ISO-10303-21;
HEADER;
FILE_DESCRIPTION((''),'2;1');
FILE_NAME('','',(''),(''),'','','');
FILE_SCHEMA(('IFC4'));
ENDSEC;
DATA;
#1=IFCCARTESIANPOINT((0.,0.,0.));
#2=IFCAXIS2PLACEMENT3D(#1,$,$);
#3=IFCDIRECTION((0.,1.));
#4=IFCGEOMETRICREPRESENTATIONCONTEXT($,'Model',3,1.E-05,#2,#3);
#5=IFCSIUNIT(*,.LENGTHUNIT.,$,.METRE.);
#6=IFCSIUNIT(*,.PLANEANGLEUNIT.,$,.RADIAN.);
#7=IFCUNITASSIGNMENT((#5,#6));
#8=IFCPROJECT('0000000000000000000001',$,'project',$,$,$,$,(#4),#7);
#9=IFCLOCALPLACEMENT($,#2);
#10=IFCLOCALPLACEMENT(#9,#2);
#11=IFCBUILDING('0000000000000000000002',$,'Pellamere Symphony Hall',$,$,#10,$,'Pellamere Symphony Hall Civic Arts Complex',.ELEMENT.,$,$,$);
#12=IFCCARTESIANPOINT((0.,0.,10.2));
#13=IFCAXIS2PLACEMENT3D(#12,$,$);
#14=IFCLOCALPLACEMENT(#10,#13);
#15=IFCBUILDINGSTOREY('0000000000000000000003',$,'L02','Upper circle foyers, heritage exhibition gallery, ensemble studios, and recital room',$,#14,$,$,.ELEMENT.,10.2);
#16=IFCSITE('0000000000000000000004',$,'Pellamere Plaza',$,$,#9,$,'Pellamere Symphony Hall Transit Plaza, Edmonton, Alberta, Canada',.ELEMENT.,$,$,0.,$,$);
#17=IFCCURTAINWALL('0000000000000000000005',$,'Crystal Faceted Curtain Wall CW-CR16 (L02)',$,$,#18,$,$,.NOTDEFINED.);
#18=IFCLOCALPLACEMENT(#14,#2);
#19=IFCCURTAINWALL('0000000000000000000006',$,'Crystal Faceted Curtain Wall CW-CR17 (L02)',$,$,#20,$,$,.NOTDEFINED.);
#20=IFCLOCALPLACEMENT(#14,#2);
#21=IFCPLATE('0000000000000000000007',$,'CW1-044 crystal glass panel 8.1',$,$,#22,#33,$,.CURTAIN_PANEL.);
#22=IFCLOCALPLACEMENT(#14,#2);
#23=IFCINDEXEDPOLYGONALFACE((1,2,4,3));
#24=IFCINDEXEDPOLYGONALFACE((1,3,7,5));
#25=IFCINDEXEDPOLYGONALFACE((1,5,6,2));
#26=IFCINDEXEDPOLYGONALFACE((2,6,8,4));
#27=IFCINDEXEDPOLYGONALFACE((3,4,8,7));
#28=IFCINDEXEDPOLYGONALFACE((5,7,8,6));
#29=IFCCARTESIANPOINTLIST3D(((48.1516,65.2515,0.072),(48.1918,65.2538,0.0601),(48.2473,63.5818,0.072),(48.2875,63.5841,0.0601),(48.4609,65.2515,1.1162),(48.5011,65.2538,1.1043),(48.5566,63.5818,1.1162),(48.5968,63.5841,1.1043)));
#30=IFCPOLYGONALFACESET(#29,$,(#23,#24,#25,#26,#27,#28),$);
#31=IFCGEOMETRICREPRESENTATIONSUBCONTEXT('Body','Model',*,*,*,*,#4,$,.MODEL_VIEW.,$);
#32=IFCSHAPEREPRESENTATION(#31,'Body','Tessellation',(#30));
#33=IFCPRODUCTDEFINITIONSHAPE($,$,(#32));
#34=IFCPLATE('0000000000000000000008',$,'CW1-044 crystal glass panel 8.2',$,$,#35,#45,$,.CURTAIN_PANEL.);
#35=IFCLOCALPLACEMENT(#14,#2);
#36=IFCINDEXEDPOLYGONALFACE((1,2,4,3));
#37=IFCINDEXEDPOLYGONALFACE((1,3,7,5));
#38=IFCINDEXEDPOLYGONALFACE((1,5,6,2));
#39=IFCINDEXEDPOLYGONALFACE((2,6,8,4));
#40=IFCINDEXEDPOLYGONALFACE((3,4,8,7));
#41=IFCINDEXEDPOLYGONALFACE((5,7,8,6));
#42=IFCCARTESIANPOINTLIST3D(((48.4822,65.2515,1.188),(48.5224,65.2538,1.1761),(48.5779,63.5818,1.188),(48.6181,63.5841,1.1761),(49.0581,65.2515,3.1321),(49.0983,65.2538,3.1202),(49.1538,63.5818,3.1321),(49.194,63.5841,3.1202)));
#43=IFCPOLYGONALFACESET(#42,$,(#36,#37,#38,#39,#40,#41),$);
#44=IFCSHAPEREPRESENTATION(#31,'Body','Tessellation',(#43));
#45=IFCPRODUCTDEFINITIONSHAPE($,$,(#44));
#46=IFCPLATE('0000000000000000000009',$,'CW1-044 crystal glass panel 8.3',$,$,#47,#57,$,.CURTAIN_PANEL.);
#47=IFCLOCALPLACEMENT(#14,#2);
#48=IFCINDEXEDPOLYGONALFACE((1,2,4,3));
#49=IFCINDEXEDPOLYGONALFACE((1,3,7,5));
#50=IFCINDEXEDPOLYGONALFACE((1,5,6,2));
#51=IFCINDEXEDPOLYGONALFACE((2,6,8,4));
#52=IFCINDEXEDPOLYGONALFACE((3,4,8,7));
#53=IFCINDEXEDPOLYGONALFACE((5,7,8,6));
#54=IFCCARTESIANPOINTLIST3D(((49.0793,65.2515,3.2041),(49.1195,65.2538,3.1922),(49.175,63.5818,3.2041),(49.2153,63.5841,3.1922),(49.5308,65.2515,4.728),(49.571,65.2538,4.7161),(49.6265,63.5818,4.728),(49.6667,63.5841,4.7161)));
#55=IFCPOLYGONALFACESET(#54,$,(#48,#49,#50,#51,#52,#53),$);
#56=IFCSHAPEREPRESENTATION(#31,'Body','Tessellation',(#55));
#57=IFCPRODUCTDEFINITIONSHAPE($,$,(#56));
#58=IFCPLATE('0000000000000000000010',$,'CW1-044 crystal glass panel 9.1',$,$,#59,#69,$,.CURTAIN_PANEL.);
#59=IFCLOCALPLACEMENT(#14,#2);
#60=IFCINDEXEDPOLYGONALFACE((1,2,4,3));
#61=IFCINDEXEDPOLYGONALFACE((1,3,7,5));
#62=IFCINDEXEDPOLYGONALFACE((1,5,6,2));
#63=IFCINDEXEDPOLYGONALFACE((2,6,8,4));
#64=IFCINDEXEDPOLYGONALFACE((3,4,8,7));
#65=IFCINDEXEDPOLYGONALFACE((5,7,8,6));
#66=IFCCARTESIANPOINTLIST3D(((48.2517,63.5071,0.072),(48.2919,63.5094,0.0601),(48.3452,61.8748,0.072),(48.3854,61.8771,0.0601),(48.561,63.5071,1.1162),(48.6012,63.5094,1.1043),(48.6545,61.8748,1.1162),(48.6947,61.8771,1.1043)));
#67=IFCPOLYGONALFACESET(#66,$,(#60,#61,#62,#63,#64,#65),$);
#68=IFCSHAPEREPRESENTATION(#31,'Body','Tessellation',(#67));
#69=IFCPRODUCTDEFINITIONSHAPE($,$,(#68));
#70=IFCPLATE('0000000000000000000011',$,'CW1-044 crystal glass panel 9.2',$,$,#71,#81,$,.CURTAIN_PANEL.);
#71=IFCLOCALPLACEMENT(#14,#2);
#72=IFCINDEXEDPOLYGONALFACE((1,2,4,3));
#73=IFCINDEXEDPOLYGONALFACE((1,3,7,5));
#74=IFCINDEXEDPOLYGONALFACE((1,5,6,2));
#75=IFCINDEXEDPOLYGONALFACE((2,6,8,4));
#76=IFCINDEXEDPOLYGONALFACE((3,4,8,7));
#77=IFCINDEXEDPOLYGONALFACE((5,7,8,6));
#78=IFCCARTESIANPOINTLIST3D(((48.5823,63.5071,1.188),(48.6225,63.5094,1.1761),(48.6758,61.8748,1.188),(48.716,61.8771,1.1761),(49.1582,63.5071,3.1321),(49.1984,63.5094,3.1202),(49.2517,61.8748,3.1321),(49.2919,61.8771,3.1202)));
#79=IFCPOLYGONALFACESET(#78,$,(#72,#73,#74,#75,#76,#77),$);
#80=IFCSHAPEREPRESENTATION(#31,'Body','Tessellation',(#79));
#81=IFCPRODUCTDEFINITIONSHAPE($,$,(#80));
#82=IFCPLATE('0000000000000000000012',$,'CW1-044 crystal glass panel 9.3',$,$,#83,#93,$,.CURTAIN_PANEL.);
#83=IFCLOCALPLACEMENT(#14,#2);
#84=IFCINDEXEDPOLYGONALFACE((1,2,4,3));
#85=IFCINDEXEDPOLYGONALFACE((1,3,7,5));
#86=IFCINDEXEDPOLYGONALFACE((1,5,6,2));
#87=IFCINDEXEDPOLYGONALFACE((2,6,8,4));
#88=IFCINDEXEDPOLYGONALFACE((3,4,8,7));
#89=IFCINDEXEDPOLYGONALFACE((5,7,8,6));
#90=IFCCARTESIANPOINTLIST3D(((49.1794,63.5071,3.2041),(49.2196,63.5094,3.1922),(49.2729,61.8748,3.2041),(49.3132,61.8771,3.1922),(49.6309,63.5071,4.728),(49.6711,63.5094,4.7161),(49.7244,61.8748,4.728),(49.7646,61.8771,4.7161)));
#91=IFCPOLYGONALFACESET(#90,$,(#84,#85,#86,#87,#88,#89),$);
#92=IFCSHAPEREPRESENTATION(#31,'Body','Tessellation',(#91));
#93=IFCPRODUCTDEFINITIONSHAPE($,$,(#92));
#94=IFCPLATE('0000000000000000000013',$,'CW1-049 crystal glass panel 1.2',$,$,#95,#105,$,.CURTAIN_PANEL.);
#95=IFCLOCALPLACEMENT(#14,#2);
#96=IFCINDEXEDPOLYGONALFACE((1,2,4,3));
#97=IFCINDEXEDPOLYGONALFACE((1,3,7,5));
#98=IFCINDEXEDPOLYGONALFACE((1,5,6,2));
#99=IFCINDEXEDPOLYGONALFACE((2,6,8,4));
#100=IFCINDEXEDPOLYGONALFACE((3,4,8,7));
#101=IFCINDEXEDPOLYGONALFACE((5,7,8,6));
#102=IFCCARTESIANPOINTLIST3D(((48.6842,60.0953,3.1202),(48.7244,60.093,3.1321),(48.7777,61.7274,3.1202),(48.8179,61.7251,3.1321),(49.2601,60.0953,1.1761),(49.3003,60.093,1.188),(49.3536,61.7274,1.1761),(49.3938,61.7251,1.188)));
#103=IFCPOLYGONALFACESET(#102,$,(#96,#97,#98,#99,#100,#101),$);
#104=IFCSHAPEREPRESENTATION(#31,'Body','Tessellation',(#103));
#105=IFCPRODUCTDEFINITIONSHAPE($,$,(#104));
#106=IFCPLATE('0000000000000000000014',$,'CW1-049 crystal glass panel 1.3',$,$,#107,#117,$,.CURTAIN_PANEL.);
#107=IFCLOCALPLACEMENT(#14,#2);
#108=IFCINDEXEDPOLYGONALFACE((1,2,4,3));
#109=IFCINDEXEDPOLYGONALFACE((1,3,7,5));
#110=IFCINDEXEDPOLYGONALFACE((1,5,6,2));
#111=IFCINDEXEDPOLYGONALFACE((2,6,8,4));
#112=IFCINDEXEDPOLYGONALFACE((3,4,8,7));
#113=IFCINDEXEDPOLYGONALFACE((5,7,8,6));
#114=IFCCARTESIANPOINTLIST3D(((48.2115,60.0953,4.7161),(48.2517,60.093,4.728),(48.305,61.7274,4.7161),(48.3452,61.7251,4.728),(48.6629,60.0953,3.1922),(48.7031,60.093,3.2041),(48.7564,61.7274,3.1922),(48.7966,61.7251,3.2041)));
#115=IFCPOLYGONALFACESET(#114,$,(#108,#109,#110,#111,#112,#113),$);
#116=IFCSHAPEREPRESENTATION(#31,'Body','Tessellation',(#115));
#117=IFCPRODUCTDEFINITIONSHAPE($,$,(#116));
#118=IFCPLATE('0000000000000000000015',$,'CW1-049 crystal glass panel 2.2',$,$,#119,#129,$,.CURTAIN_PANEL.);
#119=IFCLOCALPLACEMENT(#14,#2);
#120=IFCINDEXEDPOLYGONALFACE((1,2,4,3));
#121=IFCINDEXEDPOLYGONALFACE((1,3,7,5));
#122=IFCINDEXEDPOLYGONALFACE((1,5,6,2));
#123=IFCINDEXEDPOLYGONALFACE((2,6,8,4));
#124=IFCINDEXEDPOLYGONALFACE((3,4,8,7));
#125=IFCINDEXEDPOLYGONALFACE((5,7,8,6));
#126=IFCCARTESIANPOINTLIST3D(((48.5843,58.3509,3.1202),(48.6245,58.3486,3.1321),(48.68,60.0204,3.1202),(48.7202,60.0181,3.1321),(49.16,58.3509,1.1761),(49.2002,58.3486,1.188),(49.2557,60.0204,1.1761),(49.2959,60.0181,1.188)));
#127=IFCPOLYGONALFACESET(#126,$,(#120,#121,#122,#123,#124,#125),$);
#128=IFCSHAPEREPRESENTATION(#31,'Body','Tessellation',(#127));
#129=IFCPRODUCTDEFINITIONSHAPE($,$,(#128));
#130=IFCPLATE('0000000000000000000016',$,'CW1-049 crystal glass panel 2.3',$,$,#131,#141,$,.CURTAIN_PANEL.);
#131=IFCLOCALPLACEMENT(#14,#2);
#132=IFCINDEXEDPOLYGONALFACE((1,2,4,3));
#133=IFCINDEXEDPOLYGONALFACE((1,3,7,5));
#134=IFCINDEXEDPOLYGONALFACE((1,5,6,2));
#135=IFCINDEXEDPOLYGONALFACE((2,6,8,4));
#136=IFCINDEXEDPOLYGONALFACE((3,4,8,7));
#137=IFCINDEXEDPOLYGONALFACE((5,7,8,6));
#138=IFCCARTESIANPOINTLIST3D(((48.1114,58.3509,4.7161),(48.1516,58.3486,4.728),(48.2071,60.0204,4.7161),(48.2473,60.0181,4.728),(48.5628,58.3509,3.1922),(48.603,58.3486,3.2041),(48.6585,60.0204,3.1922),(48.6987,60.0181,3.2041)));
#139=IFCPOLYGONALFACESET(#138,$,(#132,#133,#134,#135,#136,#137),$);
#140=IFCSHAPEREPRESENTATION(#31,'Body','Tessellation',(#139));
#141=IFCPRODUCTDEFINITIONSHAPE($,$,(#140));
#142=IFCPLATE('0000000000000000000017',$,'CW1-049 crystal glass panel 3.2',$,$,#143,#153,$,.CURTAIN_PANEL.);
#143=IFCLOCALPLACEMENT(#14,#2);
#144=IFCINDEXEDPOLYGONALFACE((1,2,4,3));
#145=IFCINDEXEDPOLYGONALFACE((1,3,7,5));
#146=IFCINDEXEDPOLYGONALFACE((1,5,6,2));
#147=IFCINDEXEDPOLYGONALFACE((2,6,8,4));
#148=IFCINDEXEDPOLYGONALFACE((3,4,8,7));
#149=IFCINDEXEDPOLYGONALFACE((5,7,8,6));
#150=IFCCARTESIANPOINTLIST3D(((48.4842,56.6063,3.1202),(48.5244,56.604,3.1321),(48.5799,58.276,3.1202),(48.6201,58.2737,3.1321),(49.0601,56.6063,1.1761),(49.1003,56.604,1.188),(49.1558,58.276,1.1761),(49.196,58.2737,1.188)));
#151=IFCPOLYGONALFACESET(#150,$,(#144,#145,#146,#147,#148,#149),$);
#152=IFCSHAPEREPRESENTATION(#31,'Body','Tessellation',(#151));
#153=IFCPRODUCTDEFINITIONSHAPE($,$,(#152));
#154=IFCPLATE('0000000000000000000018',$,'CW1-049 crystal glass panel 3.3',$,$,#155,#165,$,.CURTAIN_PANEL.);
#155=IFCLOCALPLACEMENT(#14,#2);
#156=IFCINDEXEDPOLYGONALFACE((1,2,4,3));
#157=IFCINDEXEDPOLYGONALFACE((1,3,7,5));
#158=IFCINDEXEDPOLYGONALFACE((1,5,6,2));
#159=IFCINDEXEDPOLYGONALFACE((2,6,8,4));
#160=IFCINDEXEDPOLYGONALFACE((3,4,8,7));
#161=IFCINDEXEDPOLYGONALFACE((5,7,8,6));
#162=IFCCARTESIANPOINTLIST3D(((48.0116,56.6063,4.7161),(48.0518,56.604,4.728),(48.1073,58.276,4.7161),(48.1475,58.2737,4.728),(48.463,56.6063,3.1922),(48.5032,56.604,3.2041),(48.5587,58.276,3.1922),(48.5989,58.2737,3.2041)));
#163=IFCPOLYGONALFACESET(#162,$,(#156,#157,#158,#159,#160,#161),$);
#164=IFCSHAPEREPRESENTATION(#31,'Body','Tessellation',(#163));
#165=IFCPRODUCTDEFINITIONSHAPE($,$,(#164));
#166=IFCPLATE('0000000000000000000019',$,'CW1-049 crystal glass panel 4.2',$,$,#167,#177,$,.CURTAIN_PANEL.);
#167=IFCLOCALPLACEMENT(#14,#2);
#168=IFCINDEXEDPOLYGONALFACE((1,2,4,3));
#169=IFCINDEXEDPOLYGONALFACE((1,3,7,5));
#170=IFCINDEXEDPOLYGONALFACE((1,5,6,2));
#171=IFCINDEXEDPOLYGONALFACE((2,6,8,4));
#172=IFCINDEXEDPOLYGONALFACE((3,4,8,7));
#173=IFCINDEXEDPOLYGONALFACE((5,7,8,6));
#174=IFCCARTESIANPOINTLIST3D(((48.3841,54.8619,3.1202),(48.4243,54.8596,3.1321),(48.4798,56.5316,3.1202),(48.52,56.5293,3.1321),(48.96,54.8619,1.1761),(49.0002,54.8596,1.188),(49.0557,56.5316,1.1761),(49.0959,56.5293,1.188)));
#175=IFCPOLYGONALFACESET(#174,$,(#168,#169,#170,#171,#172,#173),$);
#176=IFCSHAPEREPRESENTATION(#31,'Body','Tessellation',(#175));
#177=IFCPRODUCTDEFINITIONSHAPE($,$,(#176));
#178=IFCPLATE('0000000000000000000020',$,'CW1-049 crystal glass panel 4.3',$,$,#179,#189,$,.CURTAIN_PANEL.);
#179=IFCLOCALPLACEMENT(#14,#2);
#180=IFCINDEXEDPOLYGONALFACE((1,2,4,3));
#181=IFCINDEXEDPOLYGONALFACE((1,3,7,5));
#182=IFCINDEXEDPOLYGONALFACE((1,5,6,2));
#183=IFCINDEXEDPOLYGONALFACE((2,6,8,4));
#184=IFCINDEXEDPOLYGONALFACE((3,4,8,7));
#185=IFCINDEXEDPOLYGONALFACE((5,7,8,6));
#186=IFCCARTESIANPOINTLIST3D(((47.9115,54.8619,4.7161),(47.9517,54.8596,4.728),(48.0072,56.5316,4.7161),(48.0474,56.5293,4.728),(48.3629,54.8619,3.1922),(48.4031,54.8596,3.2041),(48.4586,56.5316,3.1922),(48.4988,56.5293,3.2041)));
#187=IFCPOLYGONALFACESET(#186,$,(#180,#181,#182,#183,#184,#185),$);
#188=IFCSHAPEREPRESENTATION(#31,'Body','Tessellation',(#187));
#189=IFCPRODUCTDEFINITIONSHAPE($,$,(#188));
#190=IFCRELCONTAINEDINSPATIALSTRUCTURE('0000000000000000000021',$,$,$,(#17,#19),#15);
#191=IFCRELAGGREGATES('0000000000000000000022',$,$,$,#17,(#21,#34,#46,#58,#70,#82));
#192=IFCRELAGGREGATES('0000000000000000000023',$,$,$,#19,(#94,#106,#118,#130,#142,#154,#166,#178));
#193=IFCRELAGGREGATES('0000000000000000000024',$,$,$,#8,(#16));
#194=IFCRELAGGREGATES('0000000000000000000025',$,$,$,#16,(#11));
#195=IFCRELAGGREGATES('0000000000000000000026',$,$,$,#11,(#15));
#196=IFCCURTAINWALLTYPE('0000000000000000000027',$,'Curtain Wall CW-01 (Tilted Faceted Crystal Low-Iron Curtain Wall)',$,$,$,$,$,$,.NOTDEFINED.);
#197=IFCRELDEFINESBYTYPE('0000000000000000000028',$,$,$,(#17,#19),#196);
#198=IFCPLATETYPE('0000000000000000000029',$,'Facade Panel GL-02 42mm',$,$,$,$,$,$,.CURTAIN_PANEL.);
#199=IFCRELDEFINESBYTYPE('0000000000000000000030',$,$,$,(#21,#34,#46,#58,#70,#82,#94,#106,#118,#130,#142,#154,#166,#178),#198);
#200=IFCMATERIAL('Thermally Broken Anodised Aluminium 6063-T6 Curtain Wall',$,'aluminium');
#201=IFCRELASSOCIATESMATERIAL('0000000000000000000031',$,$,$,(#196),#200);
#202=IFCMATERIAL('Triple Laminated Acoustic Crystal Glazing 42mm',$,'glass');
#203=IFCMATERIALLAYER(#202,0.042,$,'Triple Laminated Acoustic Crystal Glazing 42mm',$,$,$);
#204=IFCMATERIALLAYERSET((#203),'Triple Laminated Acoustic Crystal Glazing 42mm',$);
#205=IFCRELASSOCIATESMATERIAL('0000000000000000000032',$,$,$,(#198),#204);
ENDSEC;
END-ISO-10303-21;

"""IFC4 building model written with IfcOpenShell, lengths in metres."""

from ifc_helpers import new_model, si_unit, direction, frame, origin, place, context, subcontext, project, spatial, polyline, outline, extrude, material, layer, layer_set, type_object, element, aggregate, save


model = new_model("IFC4")

# Units and contexts
model_context = context("Model", 3, precision=1e-05, world=origin(), true_north=direction((0.0, 1.0)))
body_context = subcontext(model_context, "Body", "Model", "MODEL_VIEW")
ifc_project = project(units=[si_unit("LENGTHUNIT", "METRE"), si_unit("PLANEANGLEUNIT", "RADIAN")], contexts=[model_context])

# Site, building, storey
site_placement = place(None, origin())
site = spatial("IfcSite", under=ifc_project, at=site_placement, Name="Pellamere Plaza", LongName="Pellamere Symphony Hall Transit Plaza, Edmonton, Alberta, Canada", CompositionType="ELEMENT", RefElevation=0.0)
building_placement = place(site_placement, origin())
building = spatial("IfcBuilding", under=site, at=building_placement, Name="Pellamere Symphony Hall", LongName="Pellamere Symphony Hall Civic Arts Complex", CompositionType="ELEMENT")
storey_placement = place(building_placement, frame((0.0, 0.0, 10.2)))
storey = spatial("IfcBuildingStorey", under=building, at=storey_placement, Name="L02", Description="Upper circle foyers, heritage exhibition gallery, ensemble studios, and recital room", CompositionType="ELEMENT", Elevation=10.2)

# Curtain wall
ifc_material_1 = material(Name="Thermally Broken Anodised Aluminium 6063-T6 Curtain Wall", Category="aluminium")
curtain_wall_type = type_object("IfcCurtainWallType", Name="Curtain Wall CW-01 (Tilted Faceted Crystal Low-Iron Curtain Wall)", PredefinedType="NOTDEFINED", material=ifc_material_1)
curtain_wall_1_placement = place(storey_placement, origin())
curtain_wall_1 = element("IfcCurtainWall", 1, at=curtain_wall_1_placement, inside=storey, type_object=curtain_wall_type, Name="Crystal Faceted Curtain Wall CW-CR16 (L02)", PredefinedType="NOTDEFINED")

# Curtain wall
curtain_wall_2_placement = place(storey_placement, origin())
curtain_wall_2 = element("IfcCurtainWall", 2, at=curtain_wall_2_placement, inside=storey, type_object=curtain_wall_type, Name="Crystal Faceted Curtain Wall CW-CR17 (L02)", PredefinedType="NOTDEFINED")

# Plates
ifc_material_2 = material(Name="Triple Laminated Acoustic Crystal Glazing 42mm", Category="glass")
ifc_layer = layer(ifc_material_2, 0.042, Name="Triple Laminated Acoustic Crystal Glazing 42mm")
ifc_layer_set = layer_set([ifc_layer], Name="Triple Laminated Acoustic Crystal Glazing 42mm")
plate_type = type_object("IfcPlateType", Name="Facade Panel GL-02 42mm", PredefinedType="CURTAIN_PANEL", material=ifc_layer_set)
plate_1_placement = place(storey_placement, frame((48.1516, 65.2515, 0.072), z_axis=(-0.957369, -0.054875, 0.283607), x_axis=(0.057224, -0.998361, 0.0)))
plate_1 = element("IfcPlate", 3, at=plate_1_placement, type_object=plate_type, Name="CW1-044 crystal glass panel 8.1", PredefinedType="CURTAIN_PANEL", context=body_context, shape_type="SweptSolid", body=[
    extrude(outline(polyline([(0.0, 0.0), (1.6724, 0.0), (1.6901, 1.0889), (0.0177, 1.0889), (0.0, 0.0)])), origin(), (0.0, 0.0, -1.0), 0.042),
])
plate_2_placement = place(storey_placement, frame((48.4822, 65.2515, 1.188), z_axis=(-0.957367, -0.054875, 0.283615), x_axis=(0.057224, -0.998361, 0.0)))
plate_2 = element("IfcPlate", 4, at=plate_2_placement, type_object=plate_type, Name="CW1-044 crystal glass panel 8.2", PredefinedType="CURTAIN_PANEL", context=body_context, shape_type="SweptSolid", body=[
    extrude(outline(polyline([(0.0, 0.0), (1.6724, 0.0), (1.7054, 2.0273), (0.033, 2.0273), (0.0, 0.0)])), origin(), (0.0, 0.0, -1.0), 0.042),
])
plate_3_placement = place(storey_placement, frame((49.0793, 65.2515, 3.2041), z_axis=(-0.957374, -0.054875, 0.283592), x_axis=(0.057224, -0.998361, 0.0)))
plate_3 = element("IfcPlate", 5, at=plate_3_placement, type_object=plate_type, Name="CW1-044 crystal glass panel 8.3", PredefinedType="CURTAIN_PANEL", context=body_context, shape_type="SweptSolid", body=[
    extrude(outline(polyline([(0.0, 0.0), (1.6724, 0.0), (1.6983, 1.5892), (0.0258, 1.5892), (0.0, 0.0)])), origin(), (0.0, 0.0, -1.0), 0.042),
])
plate_4_placement = place(storey_placement, frame((48.2517, 63.5071, 0.072), z_axis=(-0.957371, -0.054842, 0.283607), x_axis=(0.05719, -0.998363, 0.0)))
plate_4 = element("IfcPlate", 6, at=plate_4_placement, type_object=plate_type, Name="CW1-044 crystal glass panel 9.1", PredefinedType="CURTAIN_PANEL", context=body_context, shape_type="SweptSolid", body=[
    extrude(outline(polyline([(0.0, 0.0), (1.635, 0.0), (1.6527, 1.0889), (0.0177, 1.0889), (0.0, 0.0)])), origin(), (0.0, 0.0, -1.0), 0.042),
])
plate_5_placement = place(storey_placement, frame((48.5823, 63.5071, 1.188), z_axis=(-0.957369, -0.054842, 0.283616), x_axis=(0.05719, -0.998363, 0.0)))
plate_5 = element("IfcPlate", 7, at=plate_5_placement, type_object=plate_type, Name="CW1-044 crystal glass panel 9.2", PredefinedType="CURTAIN_PANEL", context=body_context, shape_type="SweptSolid", body=[
    extrude(outline(polyline([(0.0, 0.0), (1.635, 0.0), (1.6679, 2.0273), (0.0329, 2.0273), (0.0, 0.0)])), origin(), (0.0, 0.0, -1.0), 0.042),
])
plate_6_placement = place(storey_placement, frame((49.1794, 63.5071, 3.2041), z_axis=(-0.957375, -0.054842, 0.283593), x_axis=(0.05719, -0.998363, 0.0)))
plate_6 = element("IfcPlate", 8, at=plate_6_placement, type_object=plate_type, Name="CW1-044 crystal glass panel 9.3", PredefinedType="CURTAIN_PANEL", context=body_context, shape_type="SweptSolid", body=[
    extrude(outline(polyline([(0.0, 0.0), (1.635, 0.0), (1.6608, 1.5892), (0.0258, 1.5892), (0.0, 0.0)])), origin(), (0.0, 0.0, -1.0), 0.042),
])
aggregate(curtain_wall_1, [plate_1, plate_2, plate_3, plate_4, plate_5, plate_6])
plate_7_placement = place(storey_placement, frame((49.3938, 61.7251, 1.188), z_axis=(0.957368, -0.05485, 0.283616), x_axis=(-0.057199, -0.998363, 0.0)))
plate_7 = element("IfcPlate", 9, at=plate_7_placement, type_object=plate_type, Name="CW1-049 crystal glass panel 1.2", PredefinedType="CURTAIN_PANEL", context=body_context, shape_type="SweptSolid", body=[
    extrude(outline(polyline([(0.0, 0.0), (1.6348, 0.0), (1.6677, -2.0273), (0.0329, -2.0273), (0.0, 0.0)])), origin(), (0.0, 0.0, -1.0), 0.042),
])
plate_8_placement = place(storey_placement, frame((48.7966, 61.7251, 3.2041), z_axis=(0.957375, -0.05485, 0.283593), x_axis=(-0.057199, -0.998363, 0.0)))
plate_8 = element("IfcPlate", 10, at=plate_8_placement, type_object=plate_type, Name="CW1-049 crystal glass panel 1.3", PredefinedType="CURTAIN_PANEL", context=body_context, shape_type="SweptSolid", body=[
    extrude(outline(polyline([(0.0, 0.0), (1.6348, 0.0), (1.6606, -1.5892), (0.0258, -1.5892), (0.0, 0.0)])), origin(), (0.0, 0.0, -1.0), 0.042),
])
plate_9_placement = place(storey_placement, frame((49.2959, 60.0181, 1.188), z_axis=(0.957399, -0.054885, 0.283505), x_axis=(-0.057233, -0.998361, 0.0)))
plate_9 = element("IfcPlate", 11, at=plate_9_placement, type_object=plate_type, Name="CW1-049 crystal glass panel 2.2", PredefinedType="CURTAIN_PANEL", context=body_context, shape_type="SweptSolid", body=[
    extrude(outline(polyline([(0.0, 0.0), (1.6722, 0.0), (1.7051, -2.0273), (0.0329, -2.0273), (0.0, 0.0)])), origin(), (0.0, 0.0, -1.0), 0.042),
])
plate_10_placement = place(storey_placement, frame((48.6987, 60.0181, 3.2041), z_axis=(0.957373, -0.054883, 0.283592), x_axis=(-0.057233, -0.998361, 0.0)))
plate_10 = element("IfcPlate", 12, at=plate_10_placement, type_object=plate_type, Name="CW1-049 crystal glass panel 2.3", PredefinedType="CURTAIN_PANEL", context=body_context, shape_type="SweptSolid", body=[
    extrude(outline(polyline([(0.0, 0.0), (1.6722, 0.0), (1.698, -1.5892), (0.0258, -1.5892), (0.0, 0.0)])), origin(), (0.0, 0.0, -1.0), 0.042),
])
plate_11_placement = place(storey_placement, frame((49.196, 58.2737, 1.188), z_axis=(0.957367, -0.054875, 0.283615), x_axis=(-0.057224, -0.998361, 0.0)))
plate_11 = element("IfcPlate", 13, at=plate_11_placement, type_object=plate_type, Name="CW1-049 crystal glass panel 3.2", PredefinedType="CURTAIN_PANEL", context=body_context, shape_type="SweptSolid", body=[
    extrude(outline(polyline([(0.0, 0.0), (1.6724, 0.0), (1.7054, -2.0273), (0.033, -2.0273), (0.0, 0.0)])), origin(), (0.0, 0.0, -1.0), 0.042),
])
plate_12_placement = place(storey_placement, frame((48.5989, 58.2737, 3.2041), z_axis=(0.957374, -0.054875, 0.283592), x_axis=(-0.057224, -0.998361, 0.0)))
plate_12 = element("IfcPlate", 14, at=plate_12_placement, type_object=plate_type, Name="CW1-049 crystal glass panel 3.3", PredefinedType="CURTAIN_PANEL", context=body_context, shape_type="SweptSolid", body=[
    extrude(outline(polyline([(0.0, 0.0), (1.6724, 0.0), (1.6983, -1.5892), (0.0258, -1.5892), (0.0, 0.0)])), origin(), (0.0, 0.0, -1.0), 0.042),
])
plate_13_placement = place(storey_placement, frame((49.0959, 56.5293, 1.188), z_axis=(0.957367, -0.054875, 0.283615), x_axis=(-0.057224, -0.998361, 0.0)))
plate_13 = element("IfcPlate", 15, at=plate_13_placement, type_object=plate_type, Name="CW1-049 crystal glass panel 4.2", PredefinedType="CURTAIN_PANEL", context=body_context, shape_type="SweptSolid", body=[
    extrude(outline(polyline([(0.0, 0.0), (1.6724, 0.0), (1.7054, -2.0273), (0.033, -2.0273), (0.0, 0.0)])), origin(), (0.0, 0.0, -1.0), 0.042),
])
plate_14_placement = place(storey_placement, frame((48.4988, 56.5293, 3.2041), z_axis=(0.957374, -0.054875, 0.283592), x_axis=(-0.057224, -0.998361, 0.0)))
plate_14 = element("IfcPlate", 16, at=plate_14_placement, type_object=plate_type, Name="CW1-049 crystal glass panel 4.3", PredefinedType="CURTAIN_PANEL", context=body_context, shape_type="SweptSolid", body=[
    extrude(outline(polyline([(0.0, 0.0), (1.6724, 0.0), (1.6983, -1.5892), (0.0258, -1.5892), (0.0, 0.0)])), origin(), (0.0, 0.0, -1.0), 0.042),
])
aggregate(curtain_wall_2, [plate_7, plate_8, plate_9, plate_10, plate_11, plate_12, plate_13, plate_14])

save(model, "model.ifc")
